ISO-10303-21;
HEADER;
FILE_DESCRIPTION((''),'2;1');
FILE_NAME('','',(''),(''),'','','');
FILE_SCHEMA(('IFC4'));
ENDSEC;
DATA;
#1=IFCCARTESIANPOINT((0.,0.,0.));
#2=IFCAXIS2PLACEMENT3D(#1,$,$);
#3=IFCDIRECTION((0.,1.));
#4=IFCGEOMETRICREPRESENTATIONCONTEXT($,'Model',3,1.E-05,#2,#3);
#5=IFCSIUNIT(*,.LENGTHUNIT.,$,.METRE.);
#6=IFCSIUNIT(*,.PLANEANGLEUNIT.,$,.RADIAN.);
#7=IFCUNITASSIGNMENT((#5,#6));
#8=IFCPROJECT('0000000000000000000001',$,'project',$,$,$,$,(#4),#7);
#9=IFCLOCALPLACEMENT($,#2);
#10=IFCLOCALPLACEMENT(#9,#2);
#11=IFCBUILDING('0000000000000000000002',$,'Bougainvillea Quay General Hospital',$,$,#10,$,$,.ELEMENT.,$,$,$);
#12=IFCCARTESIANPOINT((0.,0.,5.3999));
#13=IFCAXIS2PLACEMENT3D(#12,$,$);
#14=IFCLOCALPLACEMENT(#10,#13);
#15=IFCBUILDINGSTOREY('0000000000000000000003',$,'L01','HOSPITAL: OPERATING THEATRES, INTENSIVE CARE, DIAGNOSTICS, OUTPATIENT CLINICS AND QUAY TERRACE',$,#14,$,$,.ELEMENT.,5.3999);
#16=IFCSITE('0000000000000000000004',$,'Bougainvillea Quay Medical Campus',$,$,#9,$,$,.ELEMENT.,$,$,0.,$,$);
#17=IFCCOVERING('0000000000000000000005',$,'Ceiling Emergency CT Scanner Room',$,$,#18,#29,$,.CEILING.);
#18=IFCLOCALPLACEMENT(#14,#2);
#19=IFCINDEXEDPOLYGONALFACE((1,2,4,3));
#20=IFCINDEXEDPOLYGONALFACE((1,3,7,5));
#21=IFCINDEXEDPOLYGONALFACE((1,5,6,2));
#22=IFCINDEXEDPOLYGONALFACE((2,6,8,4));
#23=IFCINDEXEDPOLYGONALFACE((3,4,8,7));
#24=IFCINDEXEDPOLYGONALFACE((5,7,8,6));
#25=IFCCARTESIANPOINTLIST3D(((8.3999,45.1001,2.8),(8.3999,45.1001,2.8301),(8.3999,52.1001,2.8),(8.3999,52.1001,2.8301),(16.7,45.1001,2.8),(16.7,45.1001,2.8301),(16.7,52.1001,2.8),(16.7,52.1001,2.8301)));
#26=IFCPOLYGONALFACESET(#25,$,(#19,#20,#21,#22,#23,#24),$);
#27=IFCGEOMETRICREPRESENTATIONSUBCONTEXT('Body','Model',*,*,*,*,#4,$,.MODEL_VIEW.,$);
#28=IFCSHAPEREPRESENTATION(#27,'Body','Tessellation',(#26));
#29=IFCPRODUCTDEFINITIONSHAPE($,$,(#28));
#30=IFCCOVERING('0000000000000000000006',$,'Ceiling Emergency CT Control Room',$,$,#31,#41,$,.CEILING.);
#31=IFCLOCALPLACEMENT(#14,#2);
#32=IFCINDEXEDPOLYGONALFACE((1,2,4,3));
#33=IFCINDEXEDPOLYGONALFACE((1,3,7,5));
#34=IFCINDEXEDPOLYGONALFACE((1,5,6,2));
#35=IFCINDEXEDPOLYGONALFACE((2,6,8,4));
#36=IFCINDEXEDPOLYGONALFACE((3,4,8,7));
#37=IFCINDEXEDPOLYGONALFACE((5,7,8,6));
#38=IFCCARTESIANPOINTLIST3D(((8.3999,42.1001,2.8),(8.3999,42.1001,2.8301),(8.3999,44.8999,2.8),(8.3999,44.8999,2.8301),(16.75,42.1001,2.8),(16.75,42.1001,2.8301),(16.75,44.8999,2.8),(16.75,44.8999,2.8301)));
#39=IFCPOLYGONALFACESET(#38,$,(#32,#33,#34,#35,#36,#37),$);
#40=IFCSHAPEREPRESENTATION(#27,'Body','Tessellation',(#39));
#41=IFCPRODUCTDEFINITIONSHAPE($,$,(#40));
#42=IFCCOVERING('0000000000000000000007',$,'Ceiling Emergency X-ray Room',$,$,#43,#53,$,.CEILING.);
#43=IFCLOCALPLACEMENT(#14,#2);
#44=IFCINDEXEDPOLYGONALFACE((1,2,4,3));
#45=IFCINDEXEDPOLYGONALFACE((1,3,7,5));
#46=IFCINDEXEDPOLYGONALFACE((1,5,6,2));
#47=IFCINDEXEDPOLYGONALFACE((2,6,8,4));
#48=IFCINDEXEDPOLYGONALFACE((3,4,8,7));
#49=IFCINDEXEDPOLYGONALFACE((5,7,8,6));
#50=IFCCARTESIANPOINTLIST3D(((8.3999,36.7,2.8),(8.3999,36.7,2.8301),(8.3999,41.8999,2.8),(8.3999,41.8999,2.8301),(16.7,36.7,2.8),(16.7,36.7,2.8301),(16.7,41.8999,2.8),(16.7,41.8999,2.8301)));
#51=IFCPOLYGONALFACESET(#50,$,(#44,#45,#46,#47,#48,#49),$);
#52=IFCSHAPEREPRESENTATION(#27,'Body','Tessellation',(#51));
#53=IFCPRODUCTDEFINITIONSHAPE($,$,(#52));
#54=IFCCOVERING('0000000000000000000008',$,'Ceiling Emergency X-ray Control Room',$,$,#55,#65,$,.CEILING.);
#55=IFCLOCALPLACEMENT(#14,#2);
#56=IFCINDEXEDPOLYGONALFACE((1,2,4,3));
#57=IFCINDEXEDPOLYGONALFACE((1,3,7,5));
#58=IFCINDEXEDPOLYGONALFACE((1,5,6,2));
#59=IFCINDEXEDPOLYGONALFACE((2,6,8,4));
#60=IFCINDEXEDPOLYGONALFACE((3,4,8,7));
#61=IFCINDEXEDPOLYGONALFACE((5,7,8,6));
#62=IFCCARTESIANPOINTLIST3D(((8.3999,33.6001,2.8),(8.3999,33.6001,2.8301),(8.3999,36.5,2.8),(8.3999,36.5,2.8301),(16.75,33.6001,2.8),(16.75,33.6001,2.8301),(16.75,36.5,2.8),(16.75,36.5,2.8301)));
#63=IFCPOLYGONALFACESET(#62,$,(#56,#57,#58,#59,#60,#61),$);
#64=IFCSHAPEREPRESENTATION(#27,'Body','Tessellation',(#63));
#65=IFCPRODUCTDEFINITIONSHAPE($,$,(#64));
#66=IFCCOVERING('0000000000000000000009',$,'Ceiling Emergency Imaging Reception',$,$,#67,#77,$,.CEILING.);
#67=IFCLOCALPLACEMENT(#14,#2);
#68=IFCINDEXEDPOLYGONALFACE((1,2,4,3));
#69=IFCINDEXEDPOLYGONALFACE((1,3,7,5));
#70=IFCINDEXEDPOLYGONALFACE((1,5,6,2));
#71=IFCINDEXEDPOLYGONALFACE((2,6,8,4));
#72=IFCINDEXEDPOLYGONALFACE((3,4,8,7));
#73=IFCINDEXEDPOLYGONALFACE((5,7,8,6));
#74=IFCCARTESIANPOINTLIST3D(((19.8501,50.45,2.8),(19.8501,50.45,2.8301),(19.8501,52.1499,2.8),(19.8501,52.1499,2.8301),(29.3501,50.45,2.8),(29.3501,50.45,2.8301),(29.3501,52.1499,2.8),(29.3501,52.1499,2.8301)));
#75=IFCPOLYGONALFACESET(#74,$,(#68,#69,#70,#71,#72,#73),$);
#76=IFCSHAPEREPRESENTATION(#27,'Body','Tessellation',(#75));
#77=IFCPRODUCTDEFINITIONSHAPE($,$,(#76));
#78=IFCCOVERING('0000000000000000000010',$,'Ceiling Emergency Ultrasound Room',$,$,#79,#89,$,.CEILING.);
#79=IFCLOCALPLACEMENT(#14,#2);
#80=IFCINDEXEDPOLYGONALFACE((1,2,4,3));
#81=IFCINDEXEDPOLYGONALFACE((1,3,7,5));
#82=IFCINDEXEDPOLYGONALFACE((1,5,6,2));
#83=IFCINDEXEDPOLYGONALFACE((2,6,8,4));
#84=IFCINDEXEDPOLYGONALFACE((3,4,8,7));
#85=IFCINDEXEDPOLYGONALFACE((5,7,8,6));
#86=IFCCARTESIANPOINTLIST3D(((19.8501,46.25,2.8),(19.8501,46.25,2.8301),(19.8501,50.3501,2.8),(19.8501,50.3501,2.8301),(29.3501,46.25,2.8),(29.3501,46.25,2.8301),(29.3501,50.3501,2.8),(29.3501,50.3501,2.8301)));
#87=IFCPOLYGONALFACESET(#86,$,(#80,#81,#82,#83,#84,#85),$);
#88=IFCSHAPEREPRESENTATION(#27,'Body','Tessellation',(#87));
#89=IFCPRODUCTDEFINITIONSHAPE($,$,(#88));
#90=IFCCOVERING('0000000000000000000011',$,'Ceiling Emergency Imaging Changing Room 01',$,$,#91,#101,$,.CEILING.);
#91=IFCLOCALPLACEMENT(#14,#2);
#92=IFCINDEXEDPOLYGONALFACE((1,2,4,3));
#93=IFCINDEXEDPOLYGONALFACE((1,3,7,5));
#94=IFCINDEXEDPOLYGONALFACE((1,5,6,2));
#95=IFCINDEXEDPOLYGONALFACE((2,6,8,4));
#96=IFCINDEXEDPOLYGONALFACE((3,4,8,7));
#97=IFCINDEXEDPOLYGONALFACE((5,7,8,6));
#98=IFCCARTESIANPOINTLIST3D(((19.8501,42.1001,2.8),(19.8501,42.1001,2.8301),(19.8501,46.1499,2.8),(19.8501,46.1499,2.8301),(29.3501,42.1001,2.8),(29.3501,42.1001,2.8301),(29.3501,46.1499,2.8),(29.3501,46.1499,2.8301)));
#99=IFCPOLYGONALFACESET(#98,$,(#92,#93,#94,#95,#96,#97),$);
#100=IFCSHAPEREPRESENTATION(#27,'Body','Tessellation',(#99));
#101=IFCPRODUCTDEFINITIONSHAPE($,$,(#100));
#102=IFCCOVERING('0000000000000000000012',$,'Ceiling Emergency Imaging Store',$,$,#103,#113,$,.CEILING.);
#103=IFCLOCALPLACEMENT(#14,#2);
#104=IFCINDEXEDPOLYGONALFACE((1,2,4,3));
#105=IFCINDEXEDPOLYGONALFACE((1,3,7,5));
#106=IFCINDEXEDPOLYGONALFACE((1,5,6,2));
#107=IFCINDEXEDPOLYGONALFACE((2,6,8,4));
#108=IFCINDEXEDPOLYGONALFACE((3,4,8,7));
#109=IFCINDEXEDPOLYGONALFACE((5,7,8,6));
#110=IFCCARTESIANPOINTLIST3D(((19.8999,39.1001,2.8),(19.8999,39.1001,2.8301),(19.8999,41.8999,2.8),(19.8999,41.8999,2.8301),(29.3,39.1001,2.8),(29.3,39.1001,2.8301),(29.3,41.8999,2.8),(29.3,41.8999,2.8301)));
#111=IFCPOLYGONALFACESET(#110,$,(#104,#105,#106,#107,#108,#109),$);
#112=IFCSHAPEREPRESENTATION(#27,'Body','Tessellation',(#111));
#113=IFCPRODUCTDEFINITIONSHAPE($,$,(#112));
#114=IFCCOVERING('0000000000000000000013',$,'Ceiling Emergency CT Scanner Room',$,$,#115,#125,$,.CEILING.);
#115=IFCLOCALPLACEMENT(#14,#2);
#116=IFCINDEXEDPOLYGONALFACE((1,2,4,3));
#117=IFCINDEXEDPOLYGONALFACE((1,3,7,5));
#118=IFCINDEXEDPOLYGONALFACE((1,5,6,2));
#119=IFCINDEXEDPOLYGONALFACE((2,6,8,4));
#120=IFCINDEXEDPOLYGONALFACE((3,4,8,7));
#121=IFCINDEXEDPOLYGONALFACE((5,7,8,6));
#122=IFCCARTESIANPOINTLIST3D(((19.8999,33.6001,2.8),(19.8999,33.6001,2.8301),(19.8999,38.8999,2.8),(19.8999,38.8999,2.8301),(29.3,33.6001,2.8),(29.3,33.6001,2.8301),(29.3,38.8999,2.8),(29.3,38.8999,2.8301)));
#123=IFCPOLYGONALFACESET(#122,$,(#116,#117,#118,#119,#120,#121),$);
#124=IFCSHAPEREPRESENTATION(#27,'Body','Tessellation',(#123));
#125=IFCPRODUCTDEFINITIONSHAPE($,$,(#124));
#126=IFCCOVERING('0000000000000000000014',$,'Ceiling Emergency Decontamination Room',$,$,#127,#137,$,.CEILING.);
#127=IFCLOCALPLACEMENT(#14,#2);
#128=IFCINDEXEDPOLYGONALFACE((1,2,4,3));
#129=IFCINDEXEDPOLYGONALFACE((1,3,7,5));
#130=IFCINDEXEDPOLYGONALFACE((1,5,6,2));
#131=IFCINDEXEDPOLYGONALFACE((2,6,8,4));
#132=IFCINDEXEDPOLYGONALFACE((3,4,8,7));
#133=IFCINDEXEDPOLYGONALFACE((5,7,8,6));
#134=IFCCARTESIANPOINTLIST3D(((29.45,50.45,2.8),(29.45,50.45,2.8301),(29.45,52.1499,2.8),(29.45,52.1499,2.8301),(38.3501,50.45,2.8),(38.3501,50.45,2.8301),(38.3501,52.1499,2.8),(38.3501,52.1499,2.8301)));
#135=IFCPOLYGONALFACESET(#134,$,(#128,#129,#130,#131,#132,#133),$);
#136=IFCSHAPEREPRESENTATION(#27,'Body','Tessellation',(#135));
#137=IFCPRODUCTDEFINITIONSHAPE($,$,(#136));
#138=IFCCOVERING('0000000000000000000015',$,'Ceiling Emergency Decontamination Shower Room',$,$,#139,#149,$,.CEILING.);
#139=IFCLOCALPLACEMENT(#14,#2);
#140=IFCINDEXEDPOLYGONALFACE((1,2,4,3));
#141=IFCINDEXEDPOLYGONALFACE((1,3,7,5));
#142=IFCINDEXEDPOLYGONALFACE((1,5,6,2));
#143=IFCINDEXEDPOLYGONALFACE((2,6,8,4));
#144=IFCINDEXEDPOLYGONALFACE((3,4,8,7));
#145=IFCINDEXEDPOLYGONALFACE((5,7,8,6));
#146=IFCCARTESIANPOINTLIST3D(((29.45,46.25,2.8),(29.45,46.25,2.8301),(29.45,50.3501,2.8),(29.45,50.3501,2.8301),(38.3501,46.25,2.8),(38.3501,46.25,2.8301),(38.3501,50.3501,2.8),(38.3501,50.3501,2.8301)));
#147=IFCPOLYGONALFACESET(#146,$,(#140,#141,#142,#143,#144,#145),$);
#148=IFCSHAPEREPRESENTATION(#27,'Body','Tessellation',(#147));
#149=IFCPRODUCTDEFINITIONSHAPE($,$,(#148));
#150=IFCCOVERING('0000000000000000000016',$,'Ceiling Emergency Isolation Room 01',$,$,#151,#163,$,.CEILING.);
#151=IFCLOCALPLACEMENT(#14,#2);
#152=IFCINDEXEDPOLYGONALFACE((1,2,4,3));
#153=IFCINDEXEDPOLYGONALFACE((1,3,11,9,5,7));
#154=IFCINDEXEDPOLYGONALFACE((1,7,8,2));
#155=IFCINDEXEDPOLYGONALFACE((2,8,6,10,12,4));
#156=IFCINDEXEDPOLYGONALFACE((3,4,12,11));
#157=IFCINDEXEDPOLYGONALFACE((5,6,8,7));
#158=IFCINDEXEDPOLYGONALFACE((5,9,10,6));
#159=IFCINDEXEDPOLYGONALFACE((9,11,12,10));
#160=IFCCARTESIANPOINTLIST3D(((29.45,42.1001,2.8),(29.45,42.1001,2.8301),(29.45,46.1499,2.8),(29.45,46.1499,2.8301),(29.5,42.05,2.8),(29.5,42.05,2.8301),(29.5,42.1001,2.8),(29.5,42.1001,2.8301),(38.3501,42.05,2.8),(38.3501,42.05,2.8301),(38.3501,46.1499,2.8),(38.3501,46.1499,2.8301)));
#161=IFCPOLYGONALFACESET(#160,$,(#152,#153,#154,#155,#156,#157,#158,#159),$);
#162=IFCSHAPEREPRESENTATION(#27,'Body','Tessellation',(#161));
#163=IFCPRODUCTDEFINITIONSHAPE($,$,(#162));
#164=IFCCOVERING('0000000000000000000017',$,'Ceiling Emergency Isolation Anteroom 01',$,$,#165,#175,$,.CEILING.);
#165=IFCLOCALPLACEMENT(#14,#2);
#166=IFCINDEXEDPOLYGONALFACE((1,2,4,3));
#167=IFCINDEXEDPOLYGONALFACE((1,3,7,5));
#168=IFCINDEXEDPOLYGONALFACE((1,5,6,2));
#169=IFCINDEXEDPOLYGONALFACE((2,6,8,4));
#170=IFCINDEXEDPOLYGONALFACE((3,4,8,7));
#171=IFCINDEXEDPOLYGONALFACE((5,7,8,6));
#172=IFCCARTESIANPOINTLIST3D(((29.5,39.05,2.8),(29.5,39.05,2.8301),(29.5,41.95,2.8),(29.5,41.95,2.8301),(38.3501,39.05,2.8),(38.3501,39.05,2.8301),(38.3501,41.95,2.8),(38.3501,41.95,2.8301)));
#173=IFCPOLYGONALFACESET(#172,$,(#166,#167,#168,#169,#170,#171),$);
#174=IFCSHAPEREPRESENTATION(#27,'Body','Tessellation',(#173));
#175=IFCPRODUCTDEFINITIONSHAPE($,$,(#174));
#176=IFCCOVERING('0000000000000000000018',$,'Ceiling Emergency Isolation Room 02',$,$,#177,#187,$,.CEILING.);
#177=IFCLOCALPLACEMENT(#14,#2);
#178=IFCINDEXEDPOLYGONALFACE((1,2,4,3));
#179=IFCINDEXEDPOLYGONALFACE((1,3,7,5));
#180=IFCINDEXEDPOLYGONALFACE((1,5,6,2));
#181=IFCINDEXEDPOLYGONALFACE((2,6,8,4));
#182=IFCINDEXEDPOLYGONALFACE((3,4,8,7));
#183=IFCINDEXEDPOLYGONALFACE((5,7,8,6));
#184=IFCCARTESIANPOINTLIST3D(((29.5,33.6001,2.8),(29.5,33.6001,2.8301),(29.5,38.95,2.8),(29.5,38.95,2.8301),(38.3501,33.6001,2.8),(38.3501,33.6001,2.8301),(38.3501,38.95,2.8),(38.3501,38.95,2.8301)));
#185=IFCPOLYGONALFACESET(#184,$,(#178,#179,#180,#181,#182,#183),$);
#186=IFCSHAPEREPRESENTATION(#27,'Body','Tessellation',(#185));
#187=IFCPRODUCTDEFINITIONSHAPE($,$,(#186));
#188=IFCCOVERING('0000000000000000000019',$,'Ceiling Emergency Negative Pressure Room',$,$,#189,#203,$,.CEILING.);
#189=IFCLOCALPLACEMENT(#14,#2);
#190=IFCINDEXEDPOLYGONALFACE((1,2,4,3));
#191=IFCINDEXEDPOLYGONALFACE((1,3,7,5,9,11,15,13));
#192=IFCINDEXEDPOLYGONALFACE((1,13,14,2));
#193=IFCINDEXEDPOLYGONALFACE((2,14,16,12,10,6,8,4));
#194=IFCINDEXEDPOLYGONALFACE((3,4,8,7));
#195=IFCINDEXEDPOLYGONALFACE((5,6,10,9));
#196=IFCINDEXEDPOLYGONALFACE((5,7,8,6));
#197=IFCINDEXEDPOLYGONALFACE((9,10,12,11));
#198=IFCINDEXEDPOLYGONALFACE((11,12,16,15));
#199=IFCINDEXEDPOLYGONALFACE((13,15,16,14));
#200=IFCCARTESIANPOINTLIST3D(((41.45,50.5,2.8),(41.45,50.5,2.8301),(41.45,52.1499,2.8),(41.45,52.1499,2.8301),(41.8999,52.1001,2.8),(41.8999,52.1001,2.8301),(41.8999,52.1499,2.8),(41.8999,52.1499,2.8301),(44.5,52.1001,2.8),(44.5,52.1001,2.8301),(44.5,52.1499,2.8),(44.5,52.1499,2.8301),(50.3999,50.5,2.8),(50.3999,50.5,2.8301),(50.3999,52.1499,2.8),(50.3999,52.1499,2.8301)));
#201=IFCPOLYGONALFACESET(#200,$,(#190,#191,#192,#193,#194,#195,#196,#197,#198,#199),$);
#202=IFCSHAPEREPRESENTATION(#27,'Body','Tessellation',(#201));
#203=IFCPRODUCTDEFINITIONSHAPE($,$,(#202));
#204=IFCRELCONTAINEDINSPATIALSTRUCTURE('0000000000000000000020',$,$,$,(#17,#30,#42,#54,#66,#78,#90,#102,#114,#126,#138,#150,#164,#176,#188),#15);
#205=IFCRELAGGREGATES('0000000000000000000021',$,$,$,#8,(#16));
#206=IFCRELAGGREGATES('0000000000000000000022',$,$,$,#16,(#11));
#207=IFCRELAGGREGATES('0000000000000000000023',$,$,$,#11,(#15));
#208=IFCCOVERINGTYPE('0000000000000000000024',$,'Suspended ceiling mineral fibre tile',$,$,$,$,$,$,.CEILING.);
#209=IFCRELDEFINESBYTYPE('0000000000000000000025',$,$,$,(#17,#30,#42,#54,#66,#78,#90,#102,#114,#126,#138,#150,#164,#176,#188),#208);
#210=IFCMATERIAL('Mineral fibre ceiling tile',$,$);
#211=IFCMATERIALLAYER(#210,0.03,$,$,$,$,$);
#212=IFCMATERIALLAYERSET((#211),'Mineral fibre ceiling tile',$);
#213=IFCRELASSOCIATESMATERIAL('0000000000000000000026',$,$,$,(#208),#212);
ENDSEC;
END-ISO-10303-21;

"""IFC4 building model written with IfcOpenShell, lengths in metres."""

from ifc_helpers import new_model, si_unit, direction, frame, origin, place, context, subcontext, project, spatial, polyline, outline, extrude, material, layer, layer_set, type_object, element, save


model = new_model("IFC4")

# Units and contexts
model_context = context("Model", 3, precision=1e-05, world=origin(), true_north=direction((0.0, 1.0)))
body_context = subcontext(model_context, "Body", "Model", "MODEL_VIEW")
ifc_project = project(units=[si_unit("LENGTHUNIT", "METRE"), si_unit("PLANEANGLEUNIT", "RADIAN")], contexts=[model_context])

# Site, building, storey
site_placement = place(None, origin())
site = spatial("IfcSite", under=ifc_project, at=site_placement, Name="Bougainvillea Quay Medical Campus", CompositionType="ELEMENT", RefElevation=0.0)
building_placement = place(site_placement, origin())
building = spatial("IfcBuilding", under=site, at=building_placement, Name="Bougainvillea Quay General Hospital", CompositionType="ELEMENT")
storey_placement = place(building_placement, frame((0.0, 0.0, 5.3999)))
storey = spatial("IfcBuildingStorey", under=building, at=storey_placement, Name="L01", Description="HOSPITAL: OPERATING THEATRES, INTENSIVE CARE, DIAGNOSTICS, OUTPATIENT CLINICS AND QUAY TERRACE", CompositionType="ELEMENT", Elevation=5.3999)

# Coverings
ifc_material = material(Name="Mineral fibre ceiling tile")
ifc_layer = layer(ifc_material, 0.03)
ifc_layer_set = layer_set([ifc_layer], Name="Mineral fibre ceiling tile")
covering_type = type_object("IfcCoveringType", Name="Suspended ceiling mineral fibre tile", PredefinedType="CEILING", material=ifc_layer_set)
covering_1_placement = place(storey_placement, frame((0.0, 0.0, 2.8)))
element("IfcCovering", 1, at=covering_1_placement, inside=storey, type_object=covering_type, Name="Ceiling Emergency CT Scanner Room", PredefinedType="CEILING", context=body_context, shape_type="SweptSolid", body=[
    extrude(outline(polyline([(8.3999, 45.1001), (16.7, 45.1001), (16.7, 52.1001), (8.3999, 52.1001), (8.3999, 45.1001)])), origin(), (0.0, 0.0, 1.0), 0.03),
])
covering_2_placement = place(storey_placement, frame((0.0, 0.0, 2.8)))
element("IfcCovering", 2, at=covering_2_placement, inside=storey, type_object=covering_type, Name="Ceiling Emergency CT Control Room", PredefinedType="CEILING", context=body_context, shape_type="SweptSolid", body=[
    extrude(outline(polyline([(8.3999, 42.1001), (16.75, 42.1001), (16.75, 44.8999), (8.3999, 44.8999), (8.3999, 42.1001)])), origin(), (0.0, 0.0, 1.0), 0.03),
])
covering_3_placement = place(storey_placement, frame((0.0, 0.0, 2.8)))
element("IfcCovering", 3, at=covering_3_placement, inside=storey, type_object=covering_type, Name="Ceiling Emergency X-ray Room", PredefinedType="CEILING", context=body_context, shape_type="SweptSolid", body=[
    extrude(outline(polyline([(8.3999, 36.7), (16.7, 36.7), (16.7, 41.8999), (8.3999, 41.8999), (8.3999, 36.7)])), origin(), (0.0, 0.0, 1.0), 0.03),
])
covering_4_placement = place(storey_placement, frame((0.0, 0.0, 2.8)))
element("IfcCovering", 4, at=covering_4_placement, inside=storey, type_object=covering_type, Name="Ceiling Emergency X-ray Control Room", PredefinedType="CEILING", context=body_context, shape_type="SweptSolid", body=[
    extrude(outline(polyline([(16.75, 33.6001), (16.75, 36.5), (8.3999, 36.5), (8.3999, 33.6001), (16.75, 33.6001)])), origin(), (0.0, 0.0, 1.0), 0.03),
])
covering_5_placement = place(storey_placement, frame((0.0, 0.0, 2.8)))
element("IfcCovering", 5, at=covering_5_placement, inside=storey, type_object=covering_type, Name="Ceiling Emergency Imaging Reception", PredefinedType="CEILING", context=body_context, shape_type="SweptSolid", body=[
    extrude(outline(polyline([(19.8501, 52.1499), (19.8501, 50.45), (29.3501, 50.45), (29.3501, 52.1499), (19.8501, 52.1499)])), origin(), (0.0, 0.0, 1.0), 0.03),
])
covering_6_placement = place(storey_placement, frame((0.0, 0.0, 2.8)))
element("IfcCovering", 6, at=covering_6_placement, inside=storey, type_object=covering_type, Name="Ceiling Emergency Ultrasound Room", PredefinedType="CEILING", context=body_context, shape_type="SweptSolid", body=[
    extrude(outline(polyline([(29.3501, 50.3501), (19.8501, 50.3501), (19.8501, 46.25), (29.3501, 46.25), (29.3501, 50.3501)])), origin(), (0.0, 0.0, 1.0), 0.03),
])
covering_7_placement = place(storey_placement, frame((0.0, 0.0, 2.8)))
element("IfcCovering", 7, at=covering_7_placement, inside=storey, type_object=covering_type, Name="Ceiling Emergency Imaging Changing Room 01", PredefinedType="CEILING", context=body_context, shape_type="SweptSolid", body=[
    extrude(outline(polyline([(19.8501, 46.1499), (19.8501, 42.1001), (29.3501, 42.1001), (29.3501, 46.1499), (19.8501, 46.1499)])), origin(), (0.0, 0.0, 1.0), 0.03),
])
covering_8_placement = place(storey_placement, frame((0.0, 0.0, 2.8)))
element("IfcCovering", 8, at=covering_8_placement, inside=storey, type_object=covering_type, Name="Ceiling Emergency Imaging Store", PredefinedType="CEILING", context=body_context, shape_type="SweptSolid", body=[
    extrude(outline(polyline([(29.3, 41.8999), (19.8999, 41.8999), (19.8999, 39.1001), (29.3, 39.1001), (29.3, 41.8999)])), origin(), (0.0, 0.0, 1.0), 0.03),
])
covering_9_placement = place(storey_placement, frame((0.0, 0.0, 2.8)))
element("IfcCovering", 9, at=covering_9_placement, inside=storey, type_object=covering_type, Name="Ceiling Emergency CT Scanner Room", PredefinedType="CEILING", context=body_context, shape_type="SweptSolid", body=[
    extrude(outline(polyline([(29.3, 33.6001), (29.3, 38.8999), (19.8999, 38.8999), (19.8999, 33.6001), (29.3, 33.6001)])), origin(), (0.0, 0.0, 1.0), 0.03),
])
covering_10_placement = place(storey_placement, frame((0.0, 0.0, 2.8)))
element("IfcCovering", 10, at=covering_10_placement, inside=storey, type_object=covering_type, Name="Ceiling Emergency Decontamination Room", PredefinedType="CEILING", context=body_context, shape_type="SweptSolid", body=[
    extrude(outline(polyline([(29.45, 52.1499), (29.45, 50.45), (38.3501, 50.45), (38.3501, 52.1499), (29.45, 52.1499)])), origin(), (0.0, 0.0, 1.0), 0.03),
])
covering_11_placement = place(storey_placement, frame((0.0, 0.0, 2.8)))
element("IfcCovering", 11, at=covering_11_placement, inside=storey, type_object=covering_type, Name="Ceiling Emergency Decontamination Shower Room", PredefinedType="CEILING", context=body_context, shape_type="SweptSolid", body=[
    extrude(outline(polyline([(38.3501, 46.25), (38.3501, 50.3501), (29.45, 50.3501), (29.45, 46.25), (38.3501, 46.25)])), origin(), (0.0, 0.0, 1.0), 0.03),
])
covering_12_placement = place(storey_placement, frame((0.0, 0.0, 2.8)))
element("IfcCovering", 12, at=covering_12_placement, inside=storey, type_object=covering_type, Name="Ceiling Emergency Isolation Room 01", PredefinedType="CEILING", context=body_context, shape_type="SweptSolid", body=[
    extrude(outline(polyline([(29.45, 46.1499), (29.45, 42.1001), (29.5, 42.1001), (29.5, 42.05), (38.3501, 42.05), (38.3501, 46.1499), (29.45, 46.1499)])), origin(), (0.0, 0.0, 1.0), 0.03),
])
covering_13_placement = place(storey_placement, frame((0.0, 0.0, 2.8)))
element("IfcCovering", 13, at=covering_13_placement, inside=storey, type_object=covering_type, Name="Ceiling Emergency Isolation Anteroom 01", PredefinedType="CEILING", context=body_context, shape_type="SweptSolid", body=[
    extrude(outline(polyline([(38.3501, 39.05), (38.3501, 41.95), (29.5, 41.95), (29.5, 39.05), (38.3501, 39.05)])), origin(), (0.0, 0.0, 1.0), 0.03),
])
covering_14_placement = place(storey_placement, frame((0.0, 0.0, 2.8)))
element("IfcCovering", 14, at=covering_14_placement, inside=storey, type_object=covering_type, Name="Ceiling Emergency Isolation Room 02", PredefinedType="CEILING", context=body_context, shape_type="SweptSolid", body=[
    extrude(outline(polyline([(38.3501, 33.6001), (38.3501, 38.95), (29.5, 38.95), (29.5, 33.6001), (38.3501, 33.6001)])), origin(), (0.0, 0.0, 1.0), 0.03),
])
covering_15_placement = place(storey_placement, frame((0.0, 0.0, 2.8)))
element("IfcCovering", 15, at=covering_15_placement, inside=storey, type_object=covering_type, Name="Ceiling Emergency Negative Pressure Room", PredefinedType="CEILING", context=body_context, shape_type="SweptSolid", body=[
    extrude(outline(polyline([(50.3999, 52.1499), (44.5, 52.1499), (44.5, 52.1001), (41.8999, 52.1001), (41.8999, 52.1499), (41.45, 52.1499), (41.45, 50.5), (50.3999, 50.5), (50.3999, 52.1499)])), origin(), (0.0, 0.0, 1.0), 0.03),
])

save(model, "model.ifc")
